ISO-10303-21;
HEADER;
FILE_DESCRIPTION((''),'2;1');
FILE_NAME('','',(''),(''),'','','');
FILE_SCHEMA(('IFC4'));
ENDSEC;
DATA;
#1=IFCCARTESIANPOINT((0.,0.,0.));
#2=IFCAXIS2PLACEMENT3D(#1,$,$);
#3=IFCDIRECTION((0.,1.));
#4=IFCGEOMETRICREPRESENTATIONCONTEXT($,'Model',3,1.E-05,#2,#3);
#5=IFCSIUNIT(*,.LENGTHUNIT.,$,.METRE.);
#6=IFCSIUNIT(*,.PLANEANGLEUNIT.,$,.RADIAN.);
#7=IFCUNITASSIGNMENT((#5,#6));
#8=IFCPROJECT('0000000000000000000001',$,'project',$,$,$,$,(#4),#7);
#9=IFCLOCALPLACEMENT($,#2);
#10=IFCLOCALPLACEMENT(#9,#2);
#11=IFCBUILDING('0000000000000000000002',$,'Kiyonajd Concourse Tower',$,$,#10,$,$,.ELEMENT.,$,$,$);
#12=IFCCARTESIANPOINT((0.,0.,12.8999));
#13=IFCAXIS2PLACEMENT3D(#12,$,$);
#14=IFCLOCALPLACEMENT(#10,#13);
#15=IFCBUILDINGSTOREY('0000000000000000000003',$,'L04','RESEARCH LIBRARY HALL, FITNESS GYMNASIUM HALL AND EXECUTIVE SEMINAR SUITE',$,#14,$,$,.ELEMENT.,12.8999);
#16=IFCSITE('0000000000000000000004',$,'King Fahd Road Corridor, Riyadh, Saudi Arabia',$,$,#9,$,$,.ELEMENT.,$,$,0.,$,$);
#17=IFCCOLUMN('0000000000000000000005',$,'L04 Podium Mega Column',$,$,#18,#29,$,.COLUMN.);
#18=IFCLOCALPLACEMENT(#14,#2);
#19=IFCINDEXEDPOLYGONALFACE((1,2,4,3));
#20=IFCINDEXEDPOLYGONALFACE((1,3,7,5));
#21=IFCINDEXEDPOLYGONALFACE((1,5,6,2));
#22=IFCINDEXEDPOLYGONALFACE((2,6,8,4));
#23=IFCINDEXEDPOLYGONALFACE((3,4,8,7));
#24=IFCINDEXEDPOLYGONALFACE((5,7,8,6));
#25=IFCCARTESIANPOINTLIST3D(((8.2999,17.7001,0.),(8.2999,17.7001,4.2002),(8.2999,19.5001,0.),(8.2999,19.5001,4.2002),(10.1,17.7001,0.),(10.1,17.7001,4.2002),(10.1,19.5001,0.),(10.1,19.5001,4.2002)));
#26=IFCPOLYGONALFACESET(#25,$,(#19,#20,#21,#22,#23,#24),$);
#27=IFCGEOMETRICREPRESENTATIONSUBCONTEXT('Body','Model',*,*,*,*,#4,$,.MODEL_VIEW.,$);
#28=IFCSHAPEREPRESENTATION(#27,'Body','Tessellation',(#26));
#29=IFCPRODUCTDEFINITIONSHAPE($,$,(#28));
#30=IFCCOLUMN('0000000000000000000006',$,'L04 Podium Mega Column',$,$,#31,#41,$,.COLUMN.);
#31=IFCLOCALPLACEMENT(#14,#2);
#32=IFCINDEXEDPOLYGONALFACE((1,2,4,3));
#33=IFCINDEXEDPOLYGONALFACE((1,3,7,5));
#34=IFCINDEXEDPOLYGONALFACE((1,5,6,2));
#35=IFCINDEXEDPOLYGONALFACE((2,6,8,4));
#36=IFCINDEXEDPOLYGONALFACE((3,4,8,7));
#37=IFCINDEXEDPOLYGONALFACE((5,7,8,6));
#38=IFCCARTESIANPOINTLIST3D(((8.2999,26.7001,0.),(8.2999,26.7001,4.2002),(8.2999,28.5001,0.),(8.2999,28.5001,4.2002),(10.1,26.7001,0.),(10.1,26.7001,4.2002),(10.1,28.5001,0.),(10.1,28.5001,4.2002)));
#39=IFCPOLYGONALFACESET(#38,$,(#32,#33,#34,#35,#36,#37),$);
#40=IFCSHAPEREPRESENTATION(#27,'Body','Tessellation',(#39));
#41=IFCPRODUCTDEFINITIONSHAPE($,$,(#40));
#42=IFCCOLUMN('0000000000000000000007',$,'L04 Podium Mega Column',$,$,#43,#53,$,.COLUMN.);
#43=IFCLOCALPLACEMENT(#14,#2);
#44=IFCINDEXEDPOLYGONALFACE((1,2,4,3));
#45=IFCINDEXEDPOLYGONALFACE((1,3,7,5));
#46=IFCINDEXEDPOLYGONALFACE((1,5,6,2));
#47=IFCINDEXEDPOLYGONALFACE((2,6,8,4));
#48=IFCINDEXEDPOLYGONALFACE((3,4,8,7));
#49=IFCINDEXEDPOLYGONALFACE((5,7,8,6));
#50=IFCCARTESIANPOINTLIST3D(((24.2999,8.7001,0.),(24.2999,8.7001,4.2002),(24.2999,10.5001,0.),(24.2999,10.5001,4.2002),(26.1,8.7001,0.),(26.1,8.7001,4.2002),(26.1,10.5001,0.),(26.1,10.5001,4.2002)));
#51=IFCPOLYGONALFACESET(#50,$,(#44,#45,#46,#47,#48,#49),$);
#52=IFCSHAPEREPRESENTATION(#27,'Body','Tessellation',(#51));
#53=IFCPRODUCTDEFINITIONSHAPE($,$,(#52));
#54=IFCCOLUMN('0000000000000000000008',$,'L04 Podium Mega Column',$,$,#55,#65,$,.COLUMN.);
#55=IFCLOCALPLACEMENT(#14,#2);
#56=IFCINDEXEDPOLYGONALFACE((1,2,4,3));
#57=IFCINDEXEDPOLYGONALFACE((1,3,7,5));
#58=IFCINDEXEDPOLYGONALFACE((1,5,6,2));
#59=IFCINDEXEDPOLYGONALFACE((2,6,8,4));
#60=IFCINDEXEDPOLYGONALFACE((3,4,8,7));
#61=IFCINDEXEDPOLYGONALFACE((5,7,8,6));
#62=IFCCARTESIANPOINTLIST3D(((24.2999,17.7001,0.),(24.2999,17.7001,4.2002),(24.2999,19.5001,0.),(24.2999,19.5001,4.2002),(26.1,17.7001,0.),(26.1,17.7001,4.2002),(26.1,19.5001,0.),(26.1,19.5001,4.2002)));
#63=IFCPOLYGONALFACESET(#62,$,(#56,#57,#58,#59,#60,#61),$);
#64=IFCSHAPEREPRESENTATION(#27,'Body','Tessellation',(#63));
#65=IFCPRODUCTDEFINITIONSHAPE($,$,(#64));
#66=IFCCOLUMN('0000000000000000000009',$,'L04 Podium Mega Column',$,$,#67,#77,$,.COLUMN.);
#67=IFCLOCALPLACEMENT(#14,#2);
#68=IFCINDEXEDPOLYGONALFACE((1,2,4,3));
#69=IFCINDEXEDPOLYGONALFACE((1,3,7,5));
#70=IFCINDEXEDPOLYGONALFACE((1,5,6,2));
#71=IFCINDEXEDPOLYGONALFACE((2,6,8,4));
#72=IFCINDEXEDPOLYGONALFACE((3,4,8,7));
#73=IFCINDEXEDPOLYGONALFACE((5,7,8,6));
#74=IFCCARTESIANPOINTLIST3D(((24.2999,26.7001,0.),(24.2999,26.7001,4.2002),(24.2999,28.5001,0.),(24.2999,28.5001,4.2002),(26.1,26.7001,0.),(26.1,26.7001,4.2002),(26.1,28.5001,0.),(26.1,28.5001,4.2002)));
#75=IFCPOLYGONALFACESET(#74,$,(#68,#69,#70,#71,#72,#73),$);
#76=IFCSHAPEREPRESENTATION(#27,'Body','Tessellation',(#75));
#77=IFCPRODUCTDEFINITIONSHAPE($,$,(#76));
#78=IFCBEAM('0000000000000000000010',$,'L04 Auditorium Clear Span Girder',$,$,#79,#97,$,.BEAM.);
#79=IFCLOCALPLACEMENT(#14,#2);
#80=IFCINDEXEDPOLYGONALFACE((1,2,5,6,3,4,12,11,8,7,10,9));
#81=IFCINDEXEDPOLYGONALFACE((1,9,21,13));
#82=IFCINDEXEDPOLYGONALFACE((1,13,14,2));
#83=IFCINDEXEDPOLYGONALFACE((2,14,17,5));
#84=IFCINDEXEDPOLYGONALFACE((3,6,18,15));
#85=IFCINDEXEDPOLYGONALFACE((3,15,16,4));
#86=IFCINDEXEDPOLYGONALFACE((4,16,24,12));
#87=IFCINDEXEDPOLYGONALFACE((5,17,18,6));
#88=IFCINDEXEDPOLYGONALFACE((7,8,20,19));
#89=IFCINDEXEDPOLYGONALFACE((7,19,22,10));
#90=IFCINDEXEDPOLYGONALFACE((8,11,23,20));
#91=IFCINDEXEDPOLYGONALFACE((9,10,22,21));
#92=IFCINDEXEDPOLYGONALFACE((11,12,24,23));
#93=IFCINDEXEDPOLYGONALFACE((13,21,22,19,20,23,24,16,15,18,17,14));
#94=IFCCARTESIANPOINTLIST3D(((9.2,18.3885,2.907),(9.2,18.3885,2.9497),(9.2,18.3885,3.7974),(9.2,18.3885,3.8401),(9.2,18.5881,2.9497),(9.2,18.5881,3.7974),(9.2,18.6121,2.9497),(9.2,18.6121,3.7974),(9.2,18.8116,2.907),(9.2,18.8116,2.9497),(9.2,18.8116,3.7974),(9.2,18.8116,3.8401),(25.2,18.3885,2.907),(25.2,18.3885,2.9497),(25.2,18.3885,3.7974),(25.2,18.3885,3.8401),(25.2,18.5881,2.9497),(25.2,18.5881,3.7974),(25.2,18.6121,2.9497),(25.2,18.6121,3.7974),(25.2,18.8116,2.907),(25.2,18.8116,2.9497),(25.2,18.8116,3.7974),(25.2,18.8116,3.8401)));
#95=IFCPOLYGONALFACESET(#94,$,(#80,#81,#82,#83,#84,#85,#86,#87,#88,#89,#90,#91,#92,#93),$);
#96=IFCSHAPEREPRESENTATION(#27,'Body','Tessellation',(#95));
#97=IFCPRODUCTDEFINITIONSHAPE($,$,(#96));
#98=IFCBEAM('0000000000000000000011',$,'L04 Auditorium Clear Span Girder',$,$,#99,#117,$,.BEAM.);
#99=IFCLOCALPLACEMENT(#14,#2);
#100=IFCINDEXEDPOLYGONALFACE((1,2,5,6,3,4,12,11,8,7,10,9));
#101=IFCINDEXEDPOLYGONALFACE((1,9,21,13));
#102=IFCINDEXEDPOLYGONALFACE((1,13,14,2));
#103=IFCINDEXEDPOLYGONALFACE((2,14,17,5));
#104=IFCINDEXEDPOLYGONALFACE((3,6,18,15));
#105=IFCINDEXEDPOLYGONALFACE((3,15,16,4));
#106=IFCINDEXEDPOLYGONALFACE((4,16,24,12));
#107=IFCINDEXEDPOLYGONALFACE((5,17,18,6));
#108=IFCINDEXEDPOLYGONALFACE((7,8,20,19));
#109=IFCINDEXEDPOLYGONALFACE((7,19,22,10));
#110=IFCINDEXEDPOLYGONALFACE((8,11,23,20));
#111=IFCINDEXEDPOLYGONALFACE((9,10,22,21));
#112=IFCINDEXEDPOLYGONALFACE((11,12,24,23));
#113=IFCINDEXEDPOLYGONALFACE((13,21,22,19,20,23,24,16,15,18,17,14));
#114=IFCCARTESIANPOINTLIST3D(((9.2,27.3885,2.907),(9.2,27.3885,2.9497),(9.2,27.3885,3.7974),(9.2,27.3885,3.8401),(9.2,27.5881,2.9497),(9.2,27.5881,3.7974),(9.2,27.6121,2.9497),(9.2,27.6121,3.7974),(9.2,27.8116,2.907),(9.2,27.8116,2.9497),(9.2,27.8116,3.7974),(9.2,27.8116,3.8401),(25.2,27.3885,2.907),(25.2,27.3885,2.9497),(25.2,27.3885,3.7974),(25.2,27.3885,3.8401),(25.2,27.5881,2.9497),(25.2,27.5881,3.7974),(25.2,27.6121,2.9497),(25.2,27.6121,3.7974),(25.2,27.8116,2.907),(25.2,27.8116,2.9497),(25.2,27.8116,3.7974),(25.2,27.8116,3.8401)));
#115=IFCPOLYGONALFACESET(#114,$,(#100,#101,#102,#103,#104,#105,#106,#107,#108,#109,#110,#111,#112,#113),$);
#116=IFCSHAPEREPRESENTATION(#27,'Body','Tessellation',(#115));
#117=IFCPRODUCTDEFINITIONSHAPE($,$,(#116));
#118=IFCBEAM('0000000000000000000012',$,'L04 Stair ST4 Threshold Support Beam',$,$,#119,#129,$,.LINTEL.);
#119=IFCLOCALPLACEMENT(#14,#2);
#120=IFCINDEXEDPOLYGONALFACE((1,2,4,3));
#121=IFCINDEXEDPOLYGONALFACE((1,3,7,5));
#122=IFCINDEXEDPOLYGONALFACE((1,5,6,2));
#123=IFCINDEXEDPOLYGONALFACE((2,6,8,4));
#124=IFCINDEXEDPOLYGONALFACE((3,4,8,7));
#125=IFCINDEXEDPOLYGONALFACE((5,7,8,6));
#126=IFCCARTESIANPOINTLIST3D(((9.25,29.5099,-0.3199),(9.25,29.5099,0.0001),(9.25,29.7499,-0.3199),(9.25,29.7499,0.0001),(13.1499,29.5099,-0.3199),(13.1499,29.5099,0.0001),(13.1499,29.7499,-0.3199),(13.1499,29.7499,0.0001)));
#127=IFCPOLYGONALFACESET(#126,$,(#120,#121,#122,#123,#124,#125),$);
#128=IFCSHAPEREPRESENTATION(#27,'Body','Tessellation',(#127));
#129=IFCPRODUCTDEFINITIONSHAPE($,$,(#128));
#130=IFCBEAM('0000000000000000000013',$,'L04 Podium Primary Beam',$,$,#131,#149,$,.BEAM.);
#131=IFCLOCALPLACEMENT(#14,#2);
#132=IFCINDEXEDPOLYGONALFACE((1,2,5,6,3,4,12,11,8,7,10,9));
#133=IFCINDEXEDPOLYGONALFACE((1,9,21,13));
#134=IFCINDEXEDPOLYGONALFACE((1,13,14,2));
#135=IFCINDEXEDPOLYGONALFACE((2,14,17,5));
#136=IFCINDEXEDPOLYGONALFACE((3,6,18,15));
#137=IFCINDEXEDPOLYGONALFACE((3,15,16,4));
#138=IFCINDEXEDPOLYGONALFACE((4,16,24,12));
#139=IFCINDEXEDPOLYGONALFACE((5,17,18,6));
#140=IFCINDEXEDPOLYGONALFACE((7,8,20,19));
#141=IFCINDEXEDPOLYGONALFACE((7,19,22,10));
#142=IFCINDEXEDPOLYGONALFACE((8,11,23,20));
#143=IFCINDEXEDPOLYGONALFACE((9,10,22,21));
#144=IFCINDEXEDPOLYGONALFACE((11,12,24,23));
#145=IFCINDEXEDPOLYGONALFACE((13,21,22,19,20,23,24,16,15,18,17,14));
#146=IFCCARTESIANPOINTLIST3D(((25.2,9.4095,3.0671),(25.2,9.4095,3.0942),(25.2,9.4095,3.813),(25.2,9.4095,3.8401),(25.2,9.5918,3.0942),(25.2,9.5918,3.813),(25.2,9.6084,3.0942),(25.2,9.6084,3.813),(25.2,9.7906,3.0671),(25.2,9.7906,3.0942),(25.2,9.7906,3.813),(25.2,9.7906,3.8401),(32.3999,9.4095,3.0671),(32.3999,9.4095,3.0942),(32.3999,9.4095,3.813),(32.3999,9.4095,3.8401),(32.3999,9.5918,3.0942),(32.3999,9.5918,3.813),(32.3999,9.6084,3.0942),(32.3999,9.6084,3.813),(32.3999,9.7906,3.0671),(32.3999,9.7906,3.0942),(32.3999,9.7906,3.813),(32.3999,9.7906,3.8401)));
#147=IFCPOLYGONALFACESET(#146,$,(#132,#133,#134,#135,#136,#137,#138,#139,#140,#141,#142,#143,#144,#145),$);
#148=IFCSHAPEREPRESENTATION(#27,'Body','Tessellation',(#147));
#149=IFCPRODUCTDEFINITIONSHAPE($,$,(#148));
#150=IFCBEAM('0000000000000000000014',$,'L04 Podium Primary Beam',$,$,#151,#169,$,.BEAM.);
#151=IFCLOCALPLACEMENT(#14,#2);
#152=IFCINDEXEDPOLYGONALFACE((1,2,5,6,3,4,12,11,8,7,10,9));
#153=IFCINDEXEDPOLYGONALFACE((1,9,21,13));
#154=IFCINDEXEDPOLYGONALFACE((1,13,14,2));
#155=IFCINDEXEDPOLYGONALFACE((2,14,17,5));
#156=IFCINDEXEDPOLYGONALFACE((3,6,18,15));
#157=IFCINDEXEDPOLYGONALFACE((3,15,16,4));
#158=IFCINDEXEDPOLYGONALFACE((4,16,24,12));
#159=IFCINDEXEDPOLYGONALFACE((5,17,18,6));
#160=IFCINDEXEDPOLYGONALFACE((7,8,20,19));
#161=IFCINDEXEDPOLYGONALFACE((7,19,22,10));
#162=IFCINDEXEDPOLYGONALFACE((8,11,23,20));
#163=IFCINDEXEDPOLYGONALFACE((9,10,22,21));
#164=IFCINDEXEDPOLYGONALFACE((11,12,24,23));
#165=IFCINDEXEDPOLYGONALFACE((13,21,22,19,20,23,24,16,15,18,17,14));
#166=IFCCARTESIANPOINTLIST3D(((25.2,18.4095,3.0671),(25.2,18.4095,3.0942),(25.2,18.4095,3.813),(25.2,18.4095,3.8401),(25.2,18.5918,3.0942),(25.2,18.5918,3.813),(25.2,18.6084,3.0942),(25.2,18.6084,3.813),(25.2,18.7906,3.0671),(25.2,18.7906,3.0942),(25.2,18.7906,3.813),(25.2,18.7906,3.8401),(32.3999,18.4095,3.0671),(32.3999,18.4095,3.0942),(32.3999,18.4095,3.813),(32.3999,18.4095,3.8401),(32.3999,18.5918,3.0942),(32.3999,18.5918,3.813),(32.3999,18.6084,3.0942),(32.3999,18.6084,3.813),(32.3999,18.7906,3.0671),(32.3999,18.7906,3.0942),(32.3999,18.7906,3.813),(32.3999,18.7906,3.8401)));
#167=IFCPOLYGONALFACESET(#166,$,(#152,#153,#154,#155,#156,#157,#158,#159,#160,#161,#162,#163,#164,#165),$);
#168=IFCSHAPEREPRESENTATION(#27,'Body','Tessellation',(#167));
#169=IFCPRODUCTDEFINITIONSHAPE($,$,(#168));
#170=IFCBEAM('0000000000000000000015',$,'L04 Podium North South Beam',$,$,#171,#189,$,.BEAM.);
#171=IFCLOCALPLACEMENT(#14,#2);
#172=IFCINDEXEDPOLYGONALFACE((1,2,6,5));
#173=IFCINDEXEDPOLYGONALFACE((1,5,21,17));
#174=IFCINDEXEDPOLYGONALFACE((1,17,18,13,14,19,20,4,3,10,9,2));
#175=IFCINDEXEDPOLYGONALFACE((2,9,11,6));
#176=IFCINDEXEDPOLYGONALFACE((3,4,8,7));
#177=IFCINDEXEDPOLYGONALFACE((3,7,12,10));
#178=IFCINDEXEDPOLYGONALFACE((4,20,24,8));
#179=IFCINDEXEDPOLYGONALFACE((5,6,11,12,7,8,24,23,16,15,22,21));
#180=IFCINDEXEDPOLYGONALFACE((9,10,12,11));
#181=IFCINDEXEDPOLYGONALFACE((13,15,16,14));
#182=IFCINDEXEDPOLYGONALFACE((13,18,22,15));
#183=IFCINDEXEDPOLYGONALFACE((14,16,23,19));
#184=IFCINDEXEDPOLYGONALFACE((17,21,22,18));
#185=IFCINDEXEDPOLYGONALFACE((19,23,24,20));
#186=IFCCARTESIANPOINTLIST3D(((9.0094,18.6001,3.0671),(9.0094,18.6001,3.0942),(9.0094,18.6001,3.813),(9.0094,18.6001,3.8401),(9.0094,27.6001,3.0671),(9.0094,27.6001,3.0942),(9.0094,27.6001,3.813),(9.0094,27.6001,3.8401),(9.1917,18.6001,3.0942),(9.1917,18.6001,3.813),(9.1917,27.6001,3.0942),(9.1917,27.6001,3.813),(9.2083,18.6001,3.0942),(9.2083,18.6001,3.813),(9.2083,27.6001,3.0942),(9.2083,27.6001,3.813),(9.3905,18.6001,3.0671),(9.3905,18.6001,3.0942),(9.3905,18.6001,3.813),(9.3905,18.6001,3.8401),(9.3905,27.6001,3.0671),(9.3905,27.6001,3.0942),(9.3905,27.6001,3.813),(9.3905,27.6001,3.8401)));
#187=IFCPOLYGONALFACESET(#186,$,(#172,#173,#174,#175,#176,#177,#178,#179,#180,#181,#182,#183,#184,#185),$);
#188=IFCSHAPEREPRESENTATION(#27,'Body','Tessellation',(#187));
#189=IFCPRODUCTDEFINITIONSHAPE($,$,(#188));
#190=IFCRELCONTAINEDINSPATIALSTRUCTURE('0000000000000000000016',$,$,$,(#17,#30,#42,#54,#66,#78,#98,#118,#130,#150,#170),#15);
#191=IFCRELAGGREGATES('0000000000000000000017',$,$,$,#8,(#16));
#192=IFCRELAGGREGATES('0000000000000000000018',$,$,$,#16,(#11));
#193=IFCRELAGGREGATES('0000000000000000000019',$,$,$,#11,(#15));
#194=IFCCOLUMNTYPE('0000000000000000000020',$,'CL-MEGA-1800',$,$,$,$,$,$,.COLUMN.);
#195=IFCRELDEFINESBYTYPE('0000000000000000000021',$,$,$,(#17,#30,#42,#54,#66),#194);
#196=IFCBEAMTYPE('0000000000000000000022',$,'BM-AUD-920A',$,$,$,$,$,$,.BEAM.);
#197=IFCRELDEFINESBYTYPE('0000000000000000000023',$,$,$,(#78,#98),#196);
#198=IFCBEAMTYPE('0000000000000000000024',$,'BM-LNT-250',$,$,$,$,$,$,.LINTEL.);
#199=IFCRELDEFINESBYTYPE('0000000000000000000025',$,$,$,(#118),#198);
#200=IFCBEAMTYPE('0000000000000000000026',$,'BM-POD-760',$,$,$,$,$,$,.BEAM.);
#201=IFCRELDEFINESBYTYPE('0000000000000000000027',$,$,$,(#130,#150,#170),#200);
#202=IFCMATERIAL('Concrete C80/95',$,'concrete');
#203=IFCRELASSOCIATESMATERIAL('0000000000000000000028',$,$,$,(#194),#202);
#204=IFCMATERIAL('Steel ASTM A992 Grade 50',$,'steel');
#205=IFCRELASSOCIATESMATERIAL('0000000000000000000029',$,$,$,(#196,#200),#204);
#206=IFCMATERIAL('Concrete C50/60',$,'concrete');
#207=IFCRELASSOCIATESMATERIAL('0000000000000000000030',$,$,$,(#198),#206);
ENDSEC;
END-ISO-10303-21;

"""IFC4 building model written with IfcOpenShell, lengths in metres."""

from ifc_helpers import new_model, si_unit, direction, frame, origin, origin_2d, place, context, subcontext, project, spatial, rectangle, i_section, extrude, material, material_profile, profile_set, type_object, element, save


model = new_model("IFC4")

# Units and contexts
model_context = context("Model", 3, precision=1e-05, world=origin(), true_north=direction((0.0, 1.0)))
body_context = subcontext(model_context, "Body", "Model", "MODEL_VIEW")
ifc_project = project(units=[si_unit("LENGTHUNIT", "METRE"), si_unit("PLANEANGLEUNIT", "RADIAN")], contexts=[model_context])

# Site, building, storey
site_placement = place(None, origin())
site = spatial("IfcSite", under=ifc_project, at=site_placement, Name="King Fahd Road Corridor, Riyadh, Saudi Arabia", CompositionType="ELEMENT", RefElevation=0.0)
building_placement = place(site_placement, origin())
building = spatial("IfcBuilding", under=site, at=building_placement, Name="Kiyonajd Concourse Tower", CompositionType="ELEMENT")
storey_placement = place(building_placement, frame((0.0, 0.0, 12.8999)))
storey = spatial("IfcBuildingStorey", under=building, at=storey_placement, Name="L04", Description="RESEARCH LIBRARY HALL, FITNESS GYMNASIUM HALL AND EXECUTIVE SEMINAR SUITE", CompositionType="ELEMENT", Elevation=12.8999)

# Columns
ifc_material_1 = material(Name="Concrete C80/95", Category="concrete")
ifc_material_profile_1 = material_profile(ifc_material_1, rectangle(XDim=1.8, YDim=1.8, at=origin_2d()), Name="RC-1800x1800")
ifc_profile_set_1 = profile_set([ifc_material_profile_1], Name="Concrete C80/95")
column_type = type_object("IfcColumnType", Name="CL-MEGA-1800", PredefinedType="COLUMN", material=ifc_profile_set_1)
for number, where, z_axis, x_axis, name in (
    (1, (9.2, 18.6001, 0.0), (0.0, 0.0, 1.0), (1.0, 0.0, 0.0), "L04 Podium Mega Column"),
    (2, (9.2, 27.6001, 0.0), (0.0, 0.0, 1.0), (1.0, 0.0, 0.0), "L04 Podium Mega Column"),
    (3, (25.2, 9.6001, 0.0), (0.0, 0.0, 1.0), (1.0, 0.0, 0.0), "L04 Podium Mega Column"),
    (4, (25.2, 18.6001, 0.0), (0.0, 0.0, 1.0), (1.0, 0.0, 0.0), "L04 Podium Mega Column"),
    (5, (25.2, 27.6001, 0.0), (0.0, 0.0, 1.0), (1.0, 0.0, 0.0), "L04 Podium Mega Column"),
):
    element("IfcColumn", number, at=place(storey_placement, frame(where, z_axis=z_axis, x_axis=x_axis)), inside=storey, type_object=column_type, Name=name, PredefinedType="COLUMN", context=body_context, shape_type="SweptSolid", body=[
        extrude(rectangle(XDim=1.8, YDim=1.8, at=origin_2d()), origin(), (0.0, 0.0, 1.0), 4.2002),
    ])

# Beams
ifc_material_2 = material(Name="Steel ASTM A992 Grade 50", Category="steel")
ifc_material_profile_2 = material_profile(ifc_material_2, i_section(OverallWidth=0.4231, OverallDepth=0.9331, WebThickness=0.0239, FlangeThickness=0.0427, at=origin_2d()), Name="W920X446")
ifc_profile_set_2 = profile_set([ifc_material_profile_2], Name="Steel ASTM A992 Grade 50")
beam_type_1 = type_object("IfcBeamType", Name="BM-AUD-920A", PredefinedType="BEAM", material=ifc_profile_set_2)
for number, where, z_axis, x_axis, name in (
    (6, (9.2, 18.6001, 3.3735), (1.0, 0.0, 0.0), (0.0, 1.0, 0.0), "L04 Auditorium Clear Span Girder"),
    (7, (9.2, 27.6001, 3.3735), (1.0, 0.0, 0.0), (0.0, 1.0, 0.0), "L04 Auditorium Clear Span Girder"),
):
    element("IfcBeam", number, at=place(storey_placement, frame(where, z_axis=z_axis, x_axis=x_axis)), inside=storey, type_object=beam_type_1, Name=name, PredefinedType="BEAM", context=body_context, shape_type="SweptSolid", body=[
        extrude(i_section(OverallWidth=0.4231, OverallDepth=0.9331, WebThickness=0.0239, FlangeThickness=0.0427, at=origin_2d()), origin(), (0.0, 0.0, 1.0), 16.0),
    ])
ifc_material_3 = material(Name="Concrete C50/60", Category="concrete")
ifc_material_profile_3 = material_profile(ifc_material_3, rectangle(XDim=0.24, YDim=0.3201, at=origin_2d()), Name="RCBM-240x320")
ifc_profile_set_3 = profile_set([ifc_material_profile_3], Name="Concrete C50/60")
beam_type_2 = type_object("IfcBeamType", Name="BM-LNT-250", PredefinedType="LINTEL", material=ifc_profile_set_3)
beam_1_placement = place(storey_placement, frame((9.25, 29.6299, -0.1599), z_axis=(1.0, 0.0, 0.0), x_axis=(0.0, 1.0, 0.0)))
element("IfcBeam", 8, at=beam_1_placement, inside=storey, type_object=beam_type_2, Name="L04 Stair ST4 Threshold Support Beam", PredefinedType="LINTEL", context=body_context, shape_type="SweptSolid", body=[
    extrude(rectangle(XDim=0.24, YDim=0.3201, at=origin_2d()), origin(), (0.0, 0.0, 1.0), 3.8999),
])
ifc_material_profile_4 = material_profile(ifc_material_2, i_section(OverallWidth=0.3811, OverallDepth=0.7729, WebThickness=0.0166, FlangeThickness=0.0271, at=origin_2d()), Name="W760X257")
ifc_profile_set_4 = profile_set([ifc_material_profile_4], Name="Steel ASTM A992 Grade 50")
beam_type_3 = type_object("IfcBeamType", Name="BM-POD-760", PredefinedType="BEAM", material=ifc_profile_set_4)
for number, where, z_axis, x_axis, name in (
    (9, (25.2, 9.6001, 3.4536), (1.0, 0.0, 0.0), (0.0, 1.0, 0.0), "L04 Podium Primary Beam"),
    (10, (25.2, 18.6001, 3.4536), (1.0, 0.0, 0.0), (0.0, 1.0, 0.0), "L04 Podium Primary Beam"),
):
    element("IfcBeam", number, at=place(storey_placement, frame(where, z_axis=z_axis, x_axis=x_axis)), inside=storey, type_object=beam_type_3, Name=name, PredefinedType="BEAM", context=body_context, shape_type="SweptSolid", body=[
        extrude(i_section(OverallWidth=0.3811, OverallDepth=0.7729, WebThickness=0.0166, FlangeThickness=0.0271, at=origin_2d()), origin(), (0.0, 0.0, 1.0), 7.2),
    ])
beam_2_placement = place(storey_placement, frame((9.2, 18.6001, 3.4536), z_axis=(0.0, 1.0, 0.0), x_axis=(-1.0, 0.0, 0.0)))
element("IfcBeam", 11, at=beam_2_placement, inside=storey, type_object=beam_type_3, Name="L04 Podium North South Beam", PredefinedType="BEAM", context=body_context, shape_type="SweptSolid", body=[
    extrude(i_section(OverallWidth=0.3811, OverallDepth=0.7729, WebThickness=0.0166, FlangeThickness=0.0271, at=origin_2d()), origin(), (0.0, 0.0, 1.0), 9.0),
])

save(model, "model.ifc")
